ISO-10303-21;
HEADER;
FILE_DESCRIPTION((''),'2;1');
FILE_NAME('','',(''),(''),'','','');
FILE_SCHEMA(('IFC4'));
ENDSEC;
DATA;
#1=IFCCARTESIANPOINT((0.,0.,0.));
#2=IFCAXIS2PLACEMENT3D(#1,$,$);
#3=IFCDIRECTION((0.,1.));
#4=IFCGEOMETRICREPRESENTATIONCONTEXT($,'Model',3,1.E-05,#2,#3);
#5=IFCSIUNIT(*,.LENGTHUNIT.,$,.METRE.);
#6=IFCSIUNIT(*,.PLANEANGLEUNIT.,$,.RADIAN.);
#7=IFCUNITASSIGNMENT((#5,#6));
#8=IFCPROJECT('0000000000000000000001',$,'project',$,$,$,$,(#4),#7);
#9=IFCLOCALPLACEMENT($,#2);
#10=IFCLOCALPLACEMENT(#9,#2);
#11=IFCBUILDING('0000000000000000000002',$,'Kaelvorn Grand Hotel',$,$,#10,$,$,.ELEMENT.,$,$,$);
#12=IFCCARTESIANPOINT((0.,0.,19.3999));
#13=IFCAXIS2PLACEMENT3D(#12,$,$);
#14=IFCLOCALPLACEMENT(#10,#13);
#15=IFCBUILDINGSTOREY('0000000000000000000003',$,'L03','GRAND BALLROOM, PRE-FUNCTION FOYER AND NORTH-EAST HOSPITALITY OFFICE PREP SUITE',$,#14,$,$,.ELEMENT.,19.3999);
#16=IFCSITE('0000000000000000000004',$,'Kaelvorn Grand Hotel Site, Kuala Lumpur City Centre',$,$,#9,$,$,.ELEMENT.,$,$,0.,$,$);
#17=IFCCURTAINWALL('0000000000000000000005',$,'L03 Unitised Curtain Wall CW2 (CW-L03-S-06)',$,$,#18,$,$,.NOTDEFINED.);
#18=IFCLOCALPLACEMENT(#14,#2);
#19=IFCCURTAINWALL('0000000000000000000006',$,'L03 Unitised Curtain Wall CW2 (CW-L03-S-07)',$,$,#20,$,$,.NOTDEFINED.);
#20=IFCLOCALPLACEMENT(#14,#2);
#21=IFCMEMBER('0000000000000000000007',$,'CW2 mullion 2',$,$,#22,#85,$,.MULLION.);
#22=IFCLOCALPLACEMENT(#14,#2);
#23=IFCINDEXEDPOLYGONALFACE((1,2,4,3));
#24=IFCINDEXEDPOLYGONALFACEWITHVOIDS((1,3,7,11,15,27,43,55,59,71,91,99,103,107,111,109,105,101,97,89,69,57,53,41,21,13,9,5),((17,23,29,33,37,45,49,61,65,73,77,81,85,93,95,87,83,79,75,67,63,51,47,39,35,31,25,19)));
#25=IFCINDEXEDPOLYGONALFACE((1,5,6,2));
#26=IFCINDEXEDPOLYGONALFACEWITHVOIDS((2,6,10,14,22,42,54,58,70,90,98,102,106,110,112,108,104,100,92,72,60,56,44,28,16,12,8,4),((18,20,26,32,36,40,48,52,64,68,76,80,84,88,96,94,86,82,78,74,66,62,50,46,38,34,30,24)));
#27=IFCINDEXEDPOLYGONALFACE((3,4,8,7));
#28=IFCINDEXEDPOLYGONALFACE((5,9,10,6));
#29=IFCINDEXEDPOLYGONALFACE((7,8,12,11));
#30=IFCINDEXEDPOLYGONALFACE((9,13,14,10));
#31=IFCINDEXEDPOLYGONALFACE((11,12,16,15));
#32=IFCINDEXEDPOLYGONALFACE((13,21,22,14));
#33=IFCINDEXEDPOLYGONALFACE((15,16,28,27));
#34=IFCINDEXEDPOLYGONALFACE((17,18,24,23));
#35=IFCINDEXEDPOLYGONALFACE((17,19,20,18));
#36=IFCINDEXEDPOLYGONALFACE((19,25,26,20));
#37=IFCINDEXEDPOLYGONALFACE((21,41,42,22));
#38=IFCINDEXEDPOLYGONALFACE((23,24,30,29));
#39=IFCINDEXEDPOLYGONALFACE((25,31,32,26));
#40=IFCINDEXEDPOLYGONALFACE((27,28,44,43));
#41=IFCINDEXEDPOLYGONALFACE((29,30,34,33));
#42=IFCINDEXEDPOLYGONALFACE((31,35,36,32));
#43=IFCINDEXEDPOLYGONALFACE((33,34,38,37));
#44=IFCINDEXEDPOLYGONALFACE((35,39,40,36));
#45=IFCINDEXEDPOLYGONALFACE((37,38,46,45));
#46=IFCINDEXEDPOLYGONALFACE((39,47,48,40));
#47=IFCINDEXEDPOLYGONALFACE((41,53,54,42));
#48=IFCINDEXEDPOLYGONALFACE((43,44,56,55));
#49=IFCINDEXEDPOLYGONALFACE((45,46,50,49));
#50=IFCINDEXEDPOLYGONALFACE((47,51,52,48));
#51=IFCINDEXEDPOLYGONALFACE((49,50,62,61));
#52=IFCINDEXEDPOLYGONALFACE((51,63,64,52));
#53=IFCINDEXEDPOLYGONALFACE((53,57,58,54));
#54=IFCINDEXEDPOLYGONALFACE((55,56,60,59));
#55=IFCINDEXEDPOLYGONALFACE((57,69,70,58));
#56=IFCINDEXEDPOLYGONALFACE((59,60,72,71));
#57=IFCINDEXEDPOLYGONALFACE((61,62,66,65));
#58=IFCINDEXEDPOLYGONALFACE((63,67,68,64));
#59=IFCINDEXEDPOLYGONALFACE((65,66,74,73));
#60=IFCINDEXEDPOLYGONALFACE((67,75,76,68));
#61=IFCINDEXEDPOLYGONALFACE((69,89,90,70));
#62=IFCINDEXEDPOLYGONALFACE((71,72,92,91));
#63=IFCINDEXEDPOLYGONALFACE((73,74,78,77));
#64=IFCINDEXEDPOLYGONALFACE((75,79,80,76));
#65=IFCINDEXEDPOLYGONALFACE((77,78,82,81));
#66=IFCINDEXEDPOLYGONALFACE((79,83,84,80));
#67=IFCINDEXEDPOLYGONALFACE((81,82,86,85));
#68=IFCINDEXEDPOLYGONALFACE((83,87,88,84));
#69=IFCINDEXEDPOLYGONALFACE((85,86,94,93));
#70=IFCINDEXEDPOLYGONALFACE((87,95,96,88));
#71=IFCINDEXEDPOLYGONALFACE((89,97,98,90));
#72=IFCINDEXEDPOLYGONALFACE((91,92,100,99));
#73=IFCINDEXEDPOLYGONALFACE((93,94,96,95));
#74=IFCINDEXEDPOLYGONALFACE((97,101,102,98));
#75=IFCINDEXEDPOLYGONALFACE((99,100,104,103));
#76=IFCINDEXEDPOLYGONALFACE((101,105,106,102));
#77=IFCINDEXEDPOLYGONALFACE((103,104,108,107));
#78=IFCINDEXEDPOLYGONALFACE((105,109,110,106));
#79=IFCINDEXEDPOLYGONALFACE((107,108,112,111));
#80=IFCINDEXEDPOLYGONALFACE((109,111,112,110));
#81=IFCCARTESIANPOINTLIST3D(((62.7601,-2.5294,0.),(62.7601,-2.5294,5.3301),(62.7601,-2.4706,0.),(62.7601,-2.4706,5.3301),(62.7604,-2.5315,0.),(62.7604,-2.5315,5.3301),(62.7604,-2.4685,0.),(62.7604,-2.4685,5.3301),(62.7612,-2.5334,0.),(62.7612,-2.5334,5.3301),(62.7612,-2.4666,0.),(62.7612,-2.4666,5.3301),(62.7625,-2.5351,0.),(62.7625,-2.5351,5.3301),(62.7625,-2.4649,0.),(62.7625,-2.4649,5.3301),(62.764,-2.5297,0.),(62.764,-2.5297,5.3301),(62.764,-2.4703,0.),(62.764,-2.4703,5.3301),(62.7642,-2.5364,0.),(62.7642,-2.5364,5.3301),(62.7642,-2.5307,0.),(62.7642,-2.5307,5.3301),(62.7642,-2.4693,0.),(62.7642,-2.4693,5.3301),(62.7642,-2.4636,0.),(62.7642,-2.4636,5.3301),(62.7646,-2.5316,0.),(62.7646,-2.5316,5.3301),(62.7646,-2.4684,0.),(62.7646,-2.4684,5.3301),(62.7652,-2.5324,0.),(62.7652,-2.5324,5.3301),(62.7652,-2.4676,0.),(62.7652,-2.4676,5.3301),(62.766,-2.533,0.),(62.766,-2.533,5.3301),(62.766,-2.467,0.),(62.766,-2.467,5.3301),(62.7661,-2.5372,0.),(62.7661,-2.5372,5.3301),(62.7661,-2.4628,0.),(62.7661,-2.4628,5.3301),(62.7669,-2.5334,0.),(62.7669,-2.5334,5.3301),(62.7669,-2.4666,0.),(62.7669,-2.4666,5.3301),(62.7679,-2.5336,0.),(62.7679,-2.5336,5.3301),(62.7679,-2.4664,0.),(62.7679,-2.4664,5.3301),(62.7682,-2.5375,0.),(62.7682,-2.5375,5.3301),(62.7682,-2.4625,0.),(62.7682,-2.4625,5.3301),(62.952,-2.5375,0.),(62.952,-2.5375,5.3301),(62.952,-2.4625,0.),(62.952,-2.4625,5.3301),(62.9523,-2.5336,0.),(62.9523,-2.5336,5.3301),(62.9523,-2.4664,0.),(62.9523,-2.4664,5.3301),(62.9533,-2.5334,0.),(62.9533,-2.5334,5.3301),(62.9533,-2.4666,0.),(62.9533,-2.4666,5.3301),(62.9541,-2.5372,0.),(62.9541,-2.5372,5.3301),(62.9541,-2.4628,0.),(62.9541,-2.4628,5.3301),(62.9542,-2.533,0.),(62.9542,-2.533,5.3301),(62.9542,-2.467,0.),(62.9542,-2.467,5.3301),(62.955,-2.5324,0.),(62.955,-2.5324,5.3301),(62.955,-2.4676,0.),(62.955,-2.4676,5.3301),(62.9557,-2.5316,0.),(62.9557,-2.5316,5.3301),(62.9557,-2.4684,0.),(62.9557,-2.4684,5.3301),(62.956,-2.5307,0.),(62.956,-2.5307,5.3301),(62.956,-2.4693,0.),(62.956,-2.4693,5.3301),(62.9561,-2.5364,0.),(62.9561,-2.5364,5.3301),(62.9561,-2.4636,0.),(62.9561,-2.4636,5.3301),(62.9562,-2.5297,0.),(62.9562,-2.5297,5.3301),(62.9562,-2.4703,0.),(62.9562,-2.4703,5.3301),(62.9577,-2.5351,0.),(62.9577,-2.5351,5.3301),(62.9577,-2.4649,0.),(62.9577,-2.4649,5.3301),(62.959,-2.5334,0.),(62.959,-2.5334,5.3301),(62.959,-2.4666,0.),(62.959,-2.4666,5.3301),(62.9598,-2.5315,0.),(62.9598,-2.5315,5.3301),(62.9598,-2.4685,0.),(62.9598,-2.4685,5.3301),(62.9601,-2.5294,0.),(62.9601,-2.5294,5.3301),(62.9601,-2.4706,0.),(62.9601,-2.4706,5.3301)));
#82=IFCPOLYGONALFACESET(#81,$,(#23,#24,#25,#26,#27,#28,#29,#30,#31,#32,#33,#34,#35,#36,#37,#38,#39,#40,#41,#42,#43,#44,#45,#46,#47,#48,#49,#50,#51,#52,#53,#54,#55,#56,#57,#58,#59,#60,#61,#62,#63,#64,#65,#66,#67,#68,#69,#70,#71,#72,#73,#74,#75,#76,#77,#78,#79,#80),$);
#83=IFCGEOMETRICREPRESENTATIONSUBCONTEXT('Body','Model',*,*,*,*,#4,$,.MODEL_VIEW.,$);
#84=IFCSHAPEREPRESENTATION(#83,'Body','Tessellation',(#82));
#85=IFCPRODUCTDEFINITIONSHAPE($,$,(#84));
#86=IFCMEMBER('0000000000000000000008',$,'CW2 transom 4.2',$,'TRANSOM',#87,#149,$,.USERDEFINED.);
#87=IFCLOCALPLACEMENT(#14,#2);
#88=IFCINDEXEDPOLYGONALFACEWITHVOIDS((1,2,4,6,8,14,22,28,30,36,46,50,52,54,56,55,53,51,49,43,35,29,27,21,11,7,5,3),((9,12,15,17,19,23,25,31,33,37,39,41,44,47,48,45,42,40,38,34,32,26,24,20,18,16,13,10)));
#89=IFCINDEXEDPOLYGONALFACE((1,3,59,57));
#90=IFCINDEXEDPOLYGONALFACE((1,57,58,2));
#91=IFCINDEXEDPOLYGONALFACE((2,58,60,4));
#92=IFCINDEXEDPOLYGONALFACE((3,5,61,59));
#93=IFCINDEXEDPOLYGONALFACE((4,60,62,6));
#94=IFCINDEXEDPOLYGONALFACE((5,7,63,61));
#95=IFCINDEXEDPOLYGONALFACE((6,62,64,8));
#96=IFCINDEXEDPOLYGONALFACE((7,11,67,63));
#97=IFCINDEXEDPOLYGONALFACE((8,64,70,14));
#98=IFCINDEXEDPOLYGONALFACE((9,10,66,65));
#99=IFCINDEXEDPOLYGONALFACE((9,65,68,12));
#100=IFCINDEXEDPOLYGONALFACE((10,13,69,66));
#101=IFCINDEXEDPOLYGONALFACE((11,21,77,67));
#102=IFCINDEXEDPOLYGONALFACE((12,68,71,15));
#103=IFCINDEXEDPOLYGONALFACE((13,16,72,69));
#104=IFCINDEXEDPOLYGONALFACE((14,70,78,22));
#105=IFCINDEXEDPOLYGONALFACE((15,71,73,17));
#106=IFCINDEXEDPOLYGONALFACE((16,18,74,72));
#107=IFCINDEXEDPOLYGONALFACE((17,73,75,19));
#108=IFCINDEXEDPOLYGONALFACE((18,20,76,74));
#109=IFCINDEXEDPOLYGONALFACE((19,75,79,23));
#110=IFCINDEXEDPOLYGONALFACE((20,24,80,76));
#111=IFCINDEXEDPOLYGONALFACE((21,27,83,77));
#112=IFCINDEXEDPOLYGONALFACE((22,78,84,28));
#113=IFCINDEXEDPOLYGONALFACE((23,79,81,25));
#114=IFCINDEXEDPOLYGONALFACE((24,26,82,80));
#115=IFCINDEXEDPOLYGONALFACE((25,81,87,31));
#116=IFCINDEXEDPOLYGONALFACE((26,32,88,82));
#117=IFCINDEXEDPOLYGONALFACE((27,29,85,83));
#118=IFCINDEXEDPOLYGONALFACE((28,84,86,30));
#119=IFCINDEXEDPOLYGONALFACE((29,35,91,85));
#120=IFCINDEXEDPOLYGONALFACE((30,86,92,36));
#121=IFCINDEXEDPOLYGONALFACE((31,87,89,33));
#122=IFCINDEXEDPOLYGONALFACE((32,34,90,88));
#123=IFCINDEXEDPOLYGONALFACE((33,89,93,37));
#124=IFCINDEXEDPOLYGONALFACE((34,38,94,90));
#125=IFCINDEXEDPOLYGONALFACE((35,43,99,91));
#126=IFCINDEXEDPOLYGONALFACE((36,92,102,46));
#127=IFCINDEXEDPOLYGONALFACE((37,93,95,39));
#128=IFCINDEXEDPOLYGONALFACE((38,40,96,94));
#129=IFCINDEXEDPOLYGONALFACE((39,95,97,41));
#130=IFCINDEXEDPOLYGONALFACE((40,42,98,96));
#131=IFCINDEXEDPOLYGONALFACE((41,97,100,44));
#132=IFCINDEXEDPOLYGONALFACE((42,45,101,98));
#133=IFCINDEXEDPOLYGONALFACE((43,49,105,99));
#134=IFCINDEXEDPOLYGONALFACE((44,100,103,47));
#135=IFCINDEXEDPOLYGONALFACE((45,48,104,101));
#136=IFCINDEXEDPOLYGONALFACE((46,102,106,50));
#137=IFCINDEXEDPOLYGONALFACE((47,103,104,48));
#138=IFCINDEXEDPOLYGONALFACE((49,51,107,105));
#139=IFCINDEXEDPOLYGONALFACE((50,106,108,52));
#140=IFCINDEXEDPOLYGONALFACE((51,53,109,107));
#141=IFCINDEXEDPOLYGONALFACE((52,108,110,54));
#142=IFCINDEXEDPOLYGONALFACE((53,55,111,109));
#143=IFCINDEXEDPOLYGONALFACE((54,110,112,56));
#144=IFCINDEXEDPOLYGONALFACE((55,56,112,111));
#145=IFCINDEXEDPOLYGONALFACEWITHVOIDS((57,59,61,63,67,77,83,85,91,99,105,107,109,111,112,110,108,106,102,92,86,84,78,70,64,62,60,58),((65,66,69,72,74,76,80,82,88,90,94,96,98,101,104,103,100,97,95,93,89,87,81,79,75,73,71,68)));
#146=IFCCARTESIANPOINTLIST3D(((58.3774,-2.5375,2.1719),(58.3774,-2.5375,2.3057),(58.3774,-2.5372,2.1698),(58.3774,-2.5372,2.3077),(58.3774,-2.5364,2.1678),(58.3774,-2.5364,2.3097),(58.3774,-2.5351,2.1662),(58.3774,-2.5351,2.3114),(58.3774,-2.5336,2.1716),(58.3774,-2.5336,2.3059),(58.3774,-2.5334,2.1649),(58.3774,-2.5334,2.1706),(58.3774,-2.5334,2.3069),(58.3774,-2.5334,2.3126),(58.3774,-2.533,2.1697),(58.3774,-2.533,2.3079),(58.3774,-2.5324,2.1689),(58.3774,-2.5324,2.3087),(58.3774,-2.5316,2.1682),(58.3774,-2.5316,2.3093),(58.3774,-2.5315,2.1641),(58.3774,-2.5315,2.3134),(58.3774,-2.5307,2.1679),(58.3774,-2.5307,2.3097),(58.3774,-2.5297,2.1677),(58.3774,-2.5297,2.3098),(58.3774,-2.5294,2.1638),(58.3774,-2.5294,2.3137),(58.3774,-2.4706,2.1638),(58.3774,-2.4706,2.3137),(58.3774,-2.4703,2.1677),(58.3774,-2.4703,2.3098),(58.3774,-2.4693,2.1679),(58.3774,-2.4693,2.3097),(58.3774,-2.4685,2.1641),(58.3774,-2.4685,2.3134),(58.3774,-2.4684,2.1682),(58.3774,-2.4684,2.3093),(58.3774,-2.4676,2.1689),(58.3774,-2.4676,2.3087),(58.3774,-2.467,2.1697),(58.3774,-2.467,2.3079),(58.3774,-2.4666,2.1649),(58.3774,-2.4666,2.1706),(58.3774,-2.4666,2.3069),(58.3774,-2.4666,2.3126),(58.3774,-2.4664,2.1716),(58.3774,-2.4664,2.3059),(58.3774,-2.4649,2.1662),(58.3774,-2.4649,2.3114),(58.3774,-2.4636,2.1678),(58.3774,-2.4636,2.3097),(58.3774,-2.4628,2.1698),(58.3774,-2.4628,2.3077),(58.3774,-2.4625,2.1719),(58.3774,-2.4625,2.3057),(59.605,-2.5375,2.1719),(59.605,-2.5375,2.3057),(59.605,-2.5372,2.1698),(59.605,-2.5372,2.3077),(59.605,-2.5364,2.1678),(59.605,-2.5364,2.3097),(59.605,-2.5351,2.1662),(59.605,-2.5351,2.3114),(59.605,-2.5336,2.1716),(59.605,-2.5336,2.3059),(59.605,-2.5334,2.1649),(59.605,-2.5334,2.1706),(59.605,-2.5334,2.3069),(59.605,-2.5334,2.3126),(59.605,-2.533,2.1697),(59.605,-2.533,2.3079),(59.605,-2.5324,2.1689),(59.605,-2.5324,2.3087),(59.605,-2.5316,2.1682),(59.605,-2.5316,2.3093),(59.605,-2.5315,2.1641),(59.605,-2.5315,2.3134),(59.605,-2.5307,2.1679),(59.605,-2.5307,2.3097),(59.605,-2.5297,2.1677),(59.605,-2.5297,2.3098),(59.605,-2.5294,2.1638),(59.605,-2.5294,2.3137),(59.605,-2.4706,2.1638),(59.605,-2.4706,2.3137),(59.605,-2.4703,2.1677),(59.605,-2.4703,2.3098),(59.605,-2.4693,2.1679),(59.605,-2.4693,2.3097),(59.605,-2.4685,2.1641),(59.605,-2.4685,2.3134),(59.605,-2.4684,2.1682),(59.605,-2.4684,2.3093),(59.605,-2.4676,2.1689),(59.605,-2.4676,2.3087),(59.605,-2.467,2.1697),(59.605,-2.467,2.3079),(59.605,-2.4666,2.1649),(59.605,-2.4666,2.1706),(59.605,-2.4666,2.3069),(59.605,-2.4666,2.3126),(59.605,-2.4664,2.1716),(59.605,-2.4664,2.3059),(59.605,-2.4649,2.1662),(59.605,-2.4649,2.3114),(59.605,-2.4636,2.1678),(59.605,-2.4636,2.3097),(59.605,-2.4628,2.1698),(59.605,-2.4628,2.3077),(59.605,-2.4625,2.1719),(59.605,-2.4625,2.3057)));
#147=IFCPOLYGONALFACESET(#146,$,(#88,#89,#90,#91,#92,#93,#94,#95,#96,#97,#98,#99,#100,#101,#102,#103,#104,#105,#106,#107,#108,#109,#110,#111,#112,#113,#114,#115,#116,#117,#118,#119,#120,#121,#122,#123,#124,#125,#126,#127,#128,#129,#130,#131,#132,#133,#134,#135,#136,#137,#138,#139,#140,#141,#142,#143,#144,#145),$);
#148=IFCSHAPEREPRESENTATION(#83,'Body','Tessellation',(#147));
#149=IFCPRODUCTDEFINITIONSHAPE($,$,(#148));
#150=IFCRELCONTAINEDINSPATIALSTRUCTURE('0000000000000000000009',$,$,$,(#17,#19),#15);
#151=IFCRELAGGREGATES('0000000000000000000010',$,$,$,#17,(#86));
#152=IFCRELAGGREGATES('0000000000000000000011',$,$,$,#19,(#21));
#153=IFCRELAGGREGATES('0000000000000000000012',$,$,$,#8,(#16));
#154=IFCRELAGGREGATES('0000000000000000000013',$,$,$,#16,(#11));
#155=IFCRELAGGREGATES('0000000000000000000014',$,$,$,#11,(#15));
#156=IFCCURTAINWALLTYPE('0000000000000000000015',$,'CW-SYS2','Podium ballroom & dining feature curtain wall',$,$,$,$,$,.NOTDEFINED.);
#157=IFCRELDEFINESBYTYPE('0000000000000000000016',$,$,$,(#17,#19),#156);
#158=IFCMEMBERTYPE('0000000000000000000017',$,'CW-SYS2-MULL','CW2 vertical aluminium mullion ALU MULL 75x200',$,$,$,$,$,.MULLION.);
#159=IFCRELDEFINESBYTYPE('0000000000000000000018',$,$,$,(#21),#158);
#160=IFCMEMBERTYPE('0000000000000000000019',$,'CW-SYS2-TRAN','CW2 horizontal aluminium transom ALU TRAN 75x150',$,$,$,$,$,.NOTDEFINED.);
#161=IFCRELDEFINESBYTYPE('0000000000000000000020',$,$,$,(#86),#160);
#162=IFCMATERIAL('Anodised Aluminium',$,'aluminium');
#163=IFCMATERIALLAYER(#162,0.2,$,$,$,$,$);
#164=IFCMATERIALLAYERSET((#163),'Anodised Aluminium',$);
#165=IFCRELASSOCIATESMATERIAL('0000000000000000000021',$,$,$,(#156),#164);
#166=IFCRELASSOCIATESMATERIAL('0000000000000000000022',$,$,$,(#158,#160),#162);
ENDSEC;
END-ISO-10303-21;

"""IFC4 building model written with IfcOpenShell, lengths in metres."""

from ifc_helpers import new_model, si_unit, direction, frame, origin, origin_2d, place, context, subcontext, project, spatial, hollow_rectangle, extrude, material, layer, layer_set, material_profile, profile_set, type_object, element, aggregate, save


model = new_model("IFC4")

# Units and contexts
model_context = context("Model", 3, precision=1e-05, world=origin(), true_north=direction((0.0, 1.0)))
body_context = subcontext(model_context, "Body", "Model", "MODEL_VIEW")
ifc_project = project(units=[si_unit("LENGTHUNIT", "METRE"), si_unit("PLANEANGLEUNIT", "RADIAN")], contexts=[model_context])

# Site, building, storey
site_placement = place(None, origin())
site = spatial("IfcSite", under=ifc_project, at=site_placement, Name="Kaelvorn Grand Hotel Site, Kuala Lumpur City Centre", CompositionType="ELEMENT", RefElevation=0.0)
building_placement = place(site_placement, origin())
building = spatial("IfcBuilding", under=site, at=building_placement, Name="Kaelvorn Grand Hotel", CompositionType="ELEMENT")
storey_placement = place(building_placement, frame((0.0, 0.0, 19.3999)))
storey = spatial("IfcBuildingStorey", under=building, at=storey_placement, Name="L03", Description="GRAND BALLROOM, PRE-FUNCTION FOYER AND NORTH-EAST HOSPITALITY OFFICE PREP SUITE", CompositionType="ELEMENT", Elevation=19.3999)

# Curtain wall
ifc_material_1 = material(Name="Anodised Aluminium", Category="aluminium")
ifc_layer_1 = layer(ifc_material_1, 0.2)
ifc_layer_set_1 = layer_set([ifc_layer_1], Name="Anodised Aluminium")
curtain_wall_type = type_object("IfcCurtainWallType", Name="CW-SYS2", Description="Podium ballroom & dining feature curtain wall", PredefinedType="NOTDEFINED", material=ifc_layer_set_1)
curtain_wall_1_placement = place(storey_placement, origin())
curtain_wall_1 = element("IfcCurtainWall", 1, at=curtain_wall_1_placement, inside=storey, type_object=curtain_wall_type, Name="L03 Unitised Curtain Wall CW2 (CW-L03-S-06)", PredefinedType="NOTDEFINED")
ifc_material_profile_1 = material_profile(ifc_material_1, hollow_rectangle(XDim=0.075, YDim=0.2, WallThickness=0.0039, InnerFilletRadius=0.0039, OuterFilletRadius=0.0081, at=origin_2d()), Name="ALU MULL 75x200")
ifc_profile_set_1 = profile_set([ifc_material_profile_1], Name="Anodised Aluminium")
member_type_1 = type_object("IfcMemberType", Name="CW-SYS2-MULL", Description="CW2 vertical aluminium mullion ALU MULL 75x200", PredefinedType="MULLION", material=ifc_profile_set_1)

# Curtain wall, member
curtain_wall_2_placement = place(storey_placement, origin())
curtain_wall_2 = element("IfcCurtainWall", 2, at=curtain_wall_2_placement, inside=storey, type_object=curtain_wall_type, Name="L03 Unitised Curtain Wall CW2 (CW-L03-S-07)", PredefinedType="NOTDEFINED")
member_1_placement = place(storey_placement, frame((62.8601, -2.5, 0.0), z_axis=(0.0, 0.0, 1.0), x_axis=(0.0, 1.0, 0.0)))
member_1 = element("IfcMember", 3, at=member_1_placement, type_object=member_type_1, Name="CW2 mullion 2", PredefinedType="MULLION", context=body_context, shape_type="SweptSolid", body=[
    extrude(hollow_rectangle(XDim=0.075, YDim=0.2, WallThickness=0.0039, InnerFilletRadius=0.0039, OuterFilletRadius=0.0081, at=origin_2d()), origin(), (0.0, 0.0, 1.0), 5.3301),
])

# Member
ifc_material_profile_2 = material_profile(ifc_material_1, hollow_rectangle(XDim=0.075, YDim=0.1499, WallThickness=0.0039, InnerFilletRadius=0.0039, OuterFilletRadius=0.0081, at=origin_2d()), Name="ALU TRAN 75x150")
ifc_profile_set_2 = profile_set([ifc_material_profile_2], Name="Anodised Aluminium")
member_type_2 = type_object("IfcMemberType", Name="CW-SYS2-TRAN", Description="CW2 horizontal aluminium transom ALU TRAN 75x150", PredefinedType="NOTDEFINED", material=ifc_profile_set_2)
member_2_placement = place(storey_placement, frame((58.3774, -2.5, 2.2388), z_axis=(1.0, 0.0, 0.0), x_axis=(0.0, 1.0, 0.0)))
member_2 = element("IfcMember", 4, at=member_2_placement, type_object=member_type_2, Name="CW2 transom 4.2", ObjectType="TRANSOM", PredefinedType="USERDEFINED", context=body_context, shape_type="SweptSolid", body=[
    extrude(hollow_rectangle(XDim=0.075, YDim=0.1499, WallThickness=0.0039, InnerFilletRadius=0.0039, OuterFilletRadius=0.0081, at=origin_2d()), origin(), (0.0, 0.0, 1.0), 1.2275),
])

aggregate(curtain_wall_1, [member_2])
aggregate(curtain_wall_2, [member_1])

save(model, "model.ifc")
